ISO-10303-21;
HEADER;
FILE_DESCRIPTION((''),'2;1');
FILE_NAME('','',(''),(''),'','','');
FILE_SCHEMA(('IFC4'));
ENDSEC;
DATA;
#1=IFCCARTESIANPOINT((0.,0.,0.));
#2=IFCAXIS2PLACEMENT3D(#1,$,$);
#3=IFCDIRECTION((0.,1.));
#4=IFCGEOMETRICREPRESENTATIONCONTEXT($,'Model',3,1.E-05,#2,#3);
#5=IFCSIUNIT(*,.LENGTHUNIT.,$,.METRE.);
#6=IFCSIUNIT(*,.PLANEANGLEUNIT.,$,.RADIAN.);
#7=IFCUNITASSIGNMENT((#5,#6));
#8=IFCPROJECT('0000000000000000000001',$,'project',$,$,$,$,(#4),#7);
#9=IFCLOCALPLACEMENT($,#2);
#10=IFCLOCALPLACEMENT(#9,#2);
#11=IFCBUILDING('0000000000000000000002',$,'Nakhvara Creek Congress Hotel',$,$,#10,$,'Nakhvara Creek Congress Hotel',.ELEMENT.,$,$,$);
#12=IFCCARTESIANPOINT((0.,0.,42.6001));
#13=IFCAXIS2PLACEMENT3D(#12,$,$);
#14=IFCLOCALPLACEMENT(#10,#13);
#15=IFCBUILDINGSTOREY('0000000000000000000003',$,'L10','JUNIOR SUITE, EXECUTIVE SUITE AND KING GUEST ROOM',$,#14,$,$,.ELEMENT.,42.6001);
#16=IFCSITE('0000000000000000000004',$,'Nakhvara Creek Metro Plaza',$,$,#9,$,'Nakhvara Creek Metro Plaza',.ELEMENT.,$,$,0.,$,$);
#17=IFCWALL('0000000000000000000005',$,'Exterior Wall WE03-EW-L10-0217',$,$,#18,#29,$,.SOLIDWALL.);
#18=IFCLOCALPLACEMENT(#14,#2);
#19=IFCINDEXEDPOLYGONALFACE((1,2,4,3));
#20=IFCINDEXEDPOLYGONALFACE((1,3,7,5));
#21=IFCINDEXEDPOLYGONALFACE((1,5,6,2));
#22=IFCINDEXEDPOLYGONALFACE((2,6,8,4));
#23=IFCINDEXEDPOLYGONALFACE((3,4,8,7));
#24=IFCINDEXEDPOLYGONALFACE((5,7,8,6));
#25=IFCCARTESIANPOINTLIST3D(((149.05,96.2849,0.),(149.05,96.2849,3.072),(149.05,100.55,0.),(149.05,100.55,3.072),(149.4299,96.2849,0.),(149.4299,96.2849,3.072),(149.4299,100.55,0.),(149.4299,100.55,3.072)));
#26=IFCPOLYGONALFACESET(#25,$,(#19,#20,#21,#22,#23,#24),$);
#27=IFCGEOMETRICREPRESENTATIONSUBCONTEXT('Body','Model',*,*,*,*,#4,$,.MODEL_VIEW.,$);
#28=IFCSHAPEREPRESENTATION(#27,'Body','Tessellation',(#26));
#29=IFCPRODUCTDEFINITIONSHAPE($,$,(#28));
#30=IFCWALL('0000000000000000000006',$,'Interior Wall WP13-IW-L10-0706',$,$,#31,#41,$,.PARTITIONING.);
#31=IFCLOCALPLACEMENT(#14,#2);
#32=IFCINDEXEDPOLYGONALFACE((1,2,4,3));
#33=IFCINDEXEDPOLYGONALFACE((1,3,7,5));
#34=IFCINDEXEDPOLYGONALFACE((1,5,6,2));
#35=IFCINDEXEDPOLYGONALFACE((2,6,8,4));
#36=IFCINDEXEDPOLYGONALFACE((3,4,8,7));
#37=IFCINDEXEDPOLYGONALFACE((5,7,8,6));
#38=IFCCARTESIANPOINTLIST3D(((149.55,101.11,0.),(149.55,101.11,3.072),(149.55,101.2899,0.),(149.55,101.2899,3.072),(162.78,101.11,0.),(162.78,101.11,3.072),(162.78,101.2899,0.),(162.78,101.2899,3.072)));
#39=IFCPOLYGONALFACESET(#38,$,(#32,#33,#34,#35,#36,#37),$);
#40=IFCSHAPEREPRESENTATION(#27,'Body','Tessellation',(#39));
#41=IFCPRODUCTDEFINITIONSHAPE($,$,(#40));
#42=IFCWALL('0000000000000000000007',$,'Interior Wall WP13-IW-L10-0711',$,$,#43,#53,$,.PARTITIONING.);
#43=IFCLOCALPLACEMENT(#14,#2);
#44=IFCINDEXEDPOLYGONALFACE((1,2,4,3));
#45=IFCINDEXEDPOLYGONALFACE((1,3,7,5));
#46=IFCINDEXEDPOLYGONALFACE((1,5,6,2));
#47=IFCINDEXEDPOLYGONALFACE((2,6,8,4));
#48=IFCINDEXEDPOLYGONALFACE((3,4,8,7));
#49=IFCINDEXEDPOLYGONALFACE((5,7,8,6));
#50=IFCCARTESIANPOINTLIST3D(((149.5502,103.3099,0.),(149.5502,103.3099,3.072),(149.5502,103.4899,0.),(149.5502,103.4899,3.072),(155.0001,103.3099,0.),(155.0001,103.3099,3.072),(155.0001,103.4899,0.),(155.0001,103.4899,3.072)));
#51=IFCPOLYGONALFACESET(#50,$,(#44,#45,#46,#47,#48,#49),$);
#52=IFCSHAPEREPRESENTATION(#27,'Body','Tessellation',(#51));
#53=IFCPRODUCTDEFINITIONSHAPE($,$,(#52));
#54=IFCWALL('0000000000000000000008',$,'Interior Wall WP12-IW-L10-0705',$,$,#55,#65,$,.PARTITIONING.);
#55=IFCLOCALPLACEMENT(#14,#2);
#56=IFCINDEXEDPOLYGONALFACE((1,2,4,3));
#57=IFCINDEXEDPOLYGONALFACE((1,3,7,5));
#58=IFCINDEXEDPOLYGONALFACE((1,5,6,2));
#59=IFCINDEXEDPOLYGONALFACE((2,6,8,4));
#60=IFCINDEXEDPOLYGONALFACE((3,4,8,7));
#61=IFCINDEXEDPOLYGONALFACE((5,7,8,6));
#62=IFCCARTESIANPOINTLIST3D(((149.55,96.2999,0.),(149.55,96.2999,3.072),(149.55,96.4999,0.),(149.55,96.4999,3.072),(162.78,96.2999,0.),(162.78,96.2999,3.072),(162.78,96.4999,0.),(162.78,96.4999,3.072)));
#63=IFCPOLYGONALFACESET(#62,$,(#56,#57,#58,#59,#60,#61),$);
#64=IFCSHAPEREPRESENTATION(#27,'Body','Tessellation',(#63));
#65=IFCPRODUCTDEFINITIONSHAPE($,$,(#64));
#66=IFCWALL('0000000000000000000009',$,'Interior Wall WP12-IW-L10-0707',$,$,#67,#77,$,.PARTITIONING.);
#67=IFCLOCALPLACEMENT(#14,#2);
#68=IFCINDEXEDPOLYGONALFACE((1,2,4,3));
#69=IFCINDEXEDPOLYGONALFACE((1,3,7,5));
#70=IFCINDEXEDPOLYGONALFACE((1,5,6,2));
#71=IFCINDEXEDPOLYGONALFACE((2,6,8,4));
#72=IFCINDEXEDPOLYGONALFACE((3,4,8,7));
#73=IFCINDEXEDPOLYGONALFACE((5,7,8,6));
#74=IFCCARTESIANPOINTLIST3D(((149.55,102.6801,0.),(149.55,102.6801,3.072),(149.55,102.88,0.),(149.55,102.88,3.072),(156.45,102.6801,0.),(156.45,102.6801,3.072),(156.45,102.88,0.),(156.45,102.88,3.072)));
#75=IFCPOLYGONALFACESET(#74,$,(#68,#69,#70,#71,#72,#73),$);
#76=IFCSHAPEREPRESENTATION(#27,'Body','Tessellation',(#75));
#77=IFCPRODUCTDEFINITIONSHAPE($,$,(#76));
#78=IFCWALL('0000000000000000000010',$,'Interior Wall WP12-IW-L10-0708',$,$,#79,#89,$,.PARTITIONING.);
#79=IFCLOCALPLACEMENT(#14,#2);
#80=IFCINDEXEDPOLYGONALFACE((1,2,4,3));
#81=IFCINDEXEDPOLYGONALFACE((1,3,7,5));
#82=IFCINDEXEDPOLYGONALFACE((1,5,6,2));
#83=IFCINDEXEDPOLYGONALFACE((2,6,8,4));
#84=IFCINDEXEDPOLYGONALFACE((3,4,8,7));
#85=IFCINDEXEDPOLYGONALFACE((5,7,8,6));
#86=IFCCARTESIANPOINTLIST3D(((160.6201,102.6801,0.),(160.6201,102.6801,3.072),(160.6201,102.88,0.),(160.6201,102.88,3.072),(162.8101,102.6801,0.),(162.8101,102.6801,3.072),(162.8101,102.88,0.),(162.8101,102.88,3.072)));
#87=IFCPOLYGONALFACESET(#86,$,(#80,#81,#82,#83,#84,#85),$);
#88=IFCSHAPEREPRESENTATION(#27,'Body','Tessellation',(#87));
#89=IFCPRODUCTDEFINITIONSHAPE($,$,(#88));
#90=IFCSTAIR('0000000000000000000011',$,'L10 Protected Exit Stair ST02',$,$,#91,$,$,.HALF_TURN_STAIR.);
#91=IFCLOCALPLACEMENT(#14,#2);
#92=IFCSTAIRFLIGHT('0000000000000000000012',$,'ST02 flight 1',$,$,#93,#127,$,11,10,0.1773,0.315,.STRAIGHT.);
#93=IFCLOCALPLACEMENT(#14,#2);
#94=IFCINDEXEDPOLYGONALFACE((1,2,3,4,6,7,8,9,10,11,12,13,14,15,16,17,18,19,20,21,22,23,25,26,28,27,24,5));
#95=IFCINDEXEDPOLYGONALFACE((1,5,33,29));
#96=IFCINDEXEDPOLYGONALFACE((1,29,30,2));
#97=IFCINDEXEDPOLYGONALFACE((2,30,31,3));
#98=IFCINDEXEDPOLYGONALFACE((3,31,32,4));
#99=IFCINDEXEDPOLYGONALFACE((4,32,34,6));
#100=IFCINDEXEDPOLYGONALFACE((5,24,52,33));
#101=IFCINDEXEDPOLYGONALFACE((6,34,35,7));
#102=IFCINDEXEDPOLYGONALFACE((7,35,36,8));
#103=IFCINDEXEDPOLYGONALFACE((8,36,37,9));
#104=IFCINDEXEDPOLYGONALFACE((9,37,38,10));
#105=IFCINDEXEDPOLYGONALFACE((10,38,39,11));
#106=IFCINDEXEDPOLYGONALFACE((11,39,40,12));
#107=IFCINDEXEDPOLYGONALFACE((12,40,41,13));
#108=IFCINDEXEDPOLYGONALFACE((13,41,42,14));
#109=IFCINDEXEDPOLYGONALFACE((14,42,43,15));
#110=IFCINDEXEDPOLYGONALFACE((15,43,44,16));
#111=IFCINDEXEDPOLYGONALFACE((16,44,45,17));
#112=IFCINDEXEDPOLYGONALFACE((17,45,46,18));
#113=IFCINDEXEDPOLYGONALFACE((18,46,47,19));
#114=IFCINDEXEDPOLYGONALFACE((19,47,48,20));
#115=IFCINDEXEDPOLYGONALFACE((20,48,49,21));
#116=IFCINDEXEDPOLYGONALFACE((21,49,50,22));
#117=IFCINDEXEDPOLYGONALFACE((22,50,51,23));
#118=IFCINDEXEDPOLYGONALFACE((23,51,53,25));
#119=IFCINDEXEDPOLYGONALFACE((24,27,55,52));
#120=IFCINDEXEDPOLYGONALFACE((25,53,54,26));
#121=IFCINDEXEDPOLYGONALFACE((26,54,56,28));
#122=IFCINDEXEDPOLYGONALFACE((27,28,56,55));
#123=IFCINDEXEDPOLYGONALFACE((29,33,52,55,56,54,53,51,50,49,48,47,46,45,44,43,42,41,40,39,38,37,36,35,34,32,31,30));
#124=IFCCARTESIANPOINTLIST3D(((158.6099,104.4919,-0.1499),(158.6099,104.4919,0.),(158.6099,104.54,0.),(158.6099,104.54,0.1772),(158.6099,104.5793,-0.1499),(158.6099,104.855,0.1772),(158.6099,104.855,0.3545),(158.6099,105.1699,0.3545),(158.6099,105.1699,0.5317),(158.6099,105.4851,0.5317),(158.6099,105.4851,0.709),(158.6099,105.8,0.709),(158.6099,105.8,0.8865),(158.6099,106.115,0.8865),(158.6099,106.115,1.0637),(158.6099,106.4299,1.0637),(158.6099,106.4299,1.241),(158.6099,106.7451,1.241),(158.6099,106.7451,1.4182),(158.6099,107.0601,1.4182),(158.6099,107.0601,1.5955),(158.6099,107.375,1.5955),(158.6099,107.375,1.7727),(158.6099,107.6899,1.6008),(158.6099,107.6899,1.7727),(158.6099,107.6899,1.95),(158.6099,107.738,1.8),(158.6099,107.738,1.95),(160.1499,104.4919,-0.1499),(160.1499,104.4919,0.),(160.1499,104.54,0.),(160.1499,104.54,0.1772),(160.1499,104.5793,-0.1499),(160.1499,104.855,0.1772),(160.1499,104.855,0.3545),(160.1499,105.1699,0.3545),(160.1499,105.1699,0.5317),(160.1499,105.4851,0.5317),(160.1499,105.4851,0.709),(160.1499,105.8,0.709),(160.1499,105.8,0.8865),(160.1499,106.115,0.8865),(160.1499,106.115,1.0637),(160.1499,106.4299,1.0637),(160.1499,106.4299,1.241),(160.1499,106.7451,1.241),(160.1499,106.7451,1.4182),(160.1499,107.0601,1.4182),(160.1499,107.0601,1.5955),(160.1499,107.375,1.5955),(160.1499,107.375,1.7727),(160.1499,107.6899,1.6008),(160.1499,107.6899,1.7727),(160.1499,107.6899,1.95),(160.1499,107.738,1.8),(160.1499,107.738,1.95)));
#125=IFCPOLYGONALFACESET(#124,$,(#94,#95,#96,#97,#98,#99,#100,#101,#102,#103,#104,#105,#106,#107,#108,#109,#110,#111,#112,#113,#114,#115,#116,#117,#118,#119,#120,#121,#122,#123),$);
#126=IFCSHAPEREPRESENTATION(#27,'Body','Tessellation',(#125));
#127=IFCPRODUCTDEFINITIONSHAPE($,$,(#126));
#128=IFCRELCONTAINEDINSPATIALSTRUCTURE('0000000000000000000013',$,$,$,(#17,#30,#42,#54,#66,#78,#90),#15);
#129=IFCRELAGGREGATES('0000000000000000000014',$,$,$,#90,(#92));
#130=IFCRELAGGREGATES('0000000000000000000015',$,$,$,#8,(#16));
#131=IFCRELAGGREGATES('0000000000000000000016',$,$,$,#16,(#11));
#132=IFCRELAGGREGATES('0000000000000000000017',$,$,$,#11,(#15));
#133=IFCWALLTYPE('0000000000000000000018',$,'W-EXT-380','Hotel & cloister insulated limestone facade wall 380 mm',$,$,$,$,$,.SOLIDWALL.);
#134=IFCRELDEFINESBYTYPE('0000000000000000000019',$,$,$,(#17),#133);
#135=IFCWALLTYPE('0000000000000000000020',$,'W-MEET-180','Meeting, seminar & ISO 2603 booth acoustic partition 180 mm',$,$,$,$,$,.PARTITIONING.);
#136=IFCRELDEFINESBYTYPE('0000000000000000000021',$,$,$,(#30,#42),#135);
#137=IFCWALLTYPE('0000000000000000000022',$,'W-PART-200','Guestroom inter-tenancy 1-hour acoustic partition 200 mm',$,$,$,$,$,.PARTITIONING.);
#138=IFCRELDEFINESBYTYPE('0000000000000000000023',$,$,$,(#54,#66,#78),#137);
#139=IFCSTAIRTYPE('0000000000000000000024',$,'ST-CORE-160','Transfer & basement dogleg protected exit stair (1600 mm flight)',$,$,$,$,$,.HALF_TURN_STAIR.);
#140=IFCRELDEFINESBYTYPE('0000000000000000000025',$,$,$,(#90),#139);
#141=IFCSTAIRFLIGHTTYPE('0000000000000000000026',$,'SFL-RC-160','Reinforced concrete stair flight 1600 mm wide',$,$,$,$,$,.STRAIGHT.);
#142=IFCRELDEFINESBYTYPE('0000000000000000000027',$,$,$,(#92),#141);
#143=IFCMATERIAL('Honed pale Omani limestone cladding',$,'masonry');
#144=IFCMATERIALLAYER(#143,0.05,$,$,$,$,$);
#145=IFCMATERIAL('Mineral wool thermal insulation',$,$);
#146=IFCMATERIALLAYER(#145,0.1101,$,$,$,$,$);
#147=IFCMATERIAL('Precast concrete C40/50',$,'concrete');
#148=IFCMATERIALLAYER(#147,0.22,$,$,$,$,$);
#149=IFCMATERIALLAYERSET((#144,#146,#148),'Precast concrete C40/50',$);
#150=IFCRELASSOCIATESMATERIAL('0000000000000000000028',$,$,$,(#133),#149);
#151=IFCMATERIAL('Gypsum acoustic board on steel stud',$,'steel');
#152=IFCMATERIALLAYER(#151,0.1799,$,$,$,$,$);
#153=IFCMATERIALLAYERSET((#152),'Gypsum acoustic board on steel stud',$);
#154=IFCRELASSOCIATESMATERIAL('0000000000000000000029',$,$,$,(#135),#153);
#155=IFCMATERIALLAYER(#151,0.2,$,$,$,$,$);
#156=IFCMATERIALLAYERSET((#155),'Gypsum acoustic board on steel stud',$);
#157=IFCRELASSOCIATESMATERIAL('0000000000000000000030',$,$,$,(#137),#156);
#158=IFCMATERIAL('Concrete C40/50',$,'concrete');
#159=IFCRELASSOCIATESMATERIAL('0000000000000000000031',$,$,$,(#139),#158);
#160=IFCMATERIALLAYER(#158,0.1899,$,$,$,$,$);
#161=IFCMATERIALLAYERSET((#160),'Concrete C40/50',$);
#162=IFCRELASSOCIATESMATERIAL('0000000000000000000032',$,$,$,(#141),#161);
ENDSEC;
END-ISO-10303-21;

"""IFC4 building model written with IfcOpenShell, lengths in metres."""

from ifc_helpers import new_model, si_unit, direction, frame, frame_2d, origin, place, context, subcontext, project, spatial, polyline, rectangle, outline, extrude, material, layer, layer_set, type_object, element, aggregate, save


model = new_model("IFC4")

# Units and contexts
model_context = context("Model", 3, precision=1e-05, world=origin(), true_north=direction((0.0, 1.0)))
body_context = subcontext(model_context, "Body", "Model", "MODEL_VIEW")
ifc_project = project(units=[si_unit("LENGTHUNIT", "METRE"), si_unit("PLANEANGLEUNIT", "RADIAN")], contexts=[model_context])

# Site, building, storey
site_placement = place(None, origin())
site = spatial("IfcSite", under=ifc_project, at=site_placement, Name="Nakhvara Creek Metro Plaza", LongName="Nakhvara Creek Metro Plaza", CompositionType="ELEMENT", RefElevation=0.0)
building_placement = place(site_placement, origin())
building = spatial("IfcBuilding", under=site, at=building_placement, Name="Nakhvara Creek Congress Hotel", LongName="Nakhvara Creek Congress Hotel", CompositionType="ELEMENT")
storey_placement = place(building_placement, frame((0.0, 0.0, 42.6001)))
storey = spatial("IfcBuildingStorey", under=building, at=storey_placement, Name="L10", Description="JUNIOR SUITE, EXECUTIVE SUITE AND KING GUEST ROOM", CompositionType="ELEMENT", Elevation=42.6001)

# Shared definitions
ifc_material_1 = material(Name="Concrete C40/50", Category="concrete")

# Walls
ifc_material_2 = material(Name="Honed pale Omani limestone cladding", Category="masonry")
ifc_layer_1 = layer(ifc_material_2, 0.05)
ifc_material_3 = material(Name="Mineral wool thermal insulation")
ifc_layer_2 = layer(ifc_material_3, 0.1101)
ifc_material_4 = material(Name="Precast concrete C40/50", Category="concrete")
ifc_layer_3 = layer(ifc_material_4, 0.22)
ifc_layer_set_1 = layer_set([ifc_layer_1, ifc_layer_2, ifc_layer_3], Name="Precast concrete C40/50")
wall_type_1 = type_object("IfcWallType", Name="W-EXT-380", Description="Hotel & cloister insulated limestone facade wall 380 mm", PredefinedType="SOLIDWALL", material=ifc_layer_set_1)
wall_1_placement = place(storey_placement, frame((149.24, 96.2849, 0.0), z_axis=(0.0, 0.0, 1.0), x_axis=(0.0, 1.0, 0.0)))
element("IfcWall", 1, at=wall_1_placement, inside=storey, type_object=wall_type_1, Name="Exterior Wall WE03-EW-L10-0217", PredefinedType="SOLIDWALL", context=body_context, shape_type="SweptSolid", body=[
    extrude(rectangle(XDim=4.2651, YDim=0.3799, at=frame_2d((2.1326, 0.0))), origin(), (0.0, 0.0, 1.0), 3.072),
])
ifc_material_5 = material(Name="Gypsum acoustic board on steel stud", Category="steel")
ifc_layer_4 = layer(ifc_material_5, 0.1799)
ifc_layer_set_2 = layer_set([ifc_layer_4], Name="Gypsum acoustic board on steel stud")
wall_type_2 = type_object("IfcWallType", Name="W-MEET-180", Description="Meeting, seminar & ISO 2603 booth acoustic partition 180 mm", PredefinedType="PARTITIONING", material=ifc_layer_set_2)
wall_2_placement = place(storey_placement, frame((149.55, 101.2, 0.0), z_axis=(0.0, 0.0, 1.0), x_axis=(1.0, 0.0, 0.0)))
element("IfcWall", 2, at=wall_2_placement, inside=storey, type_object=wall_type_2, Name="Interior Wall WP13-IW-L10-0706", PredefinedType="PARTITIONING", context=body_context, shape_type="SweptSolid", body=[
    extrude(rectangle(XDim=13.23, YDim=0.1799, at=frame_2d((6.615, 0.0))), origin(), (0.0, 0.0, 1.0), 3.072),
])
wall_3_placement = place(storey_placement, frame((149.55, 103.3999, 0.0), z_axis=(0.0, 0.0, 1.0), x_axis=(1.0, 0.0, 0.0)))
element("IfcWall", 3, at=wall_3_placement, inside=storey, type_object=wall_type_2, Name="Interior Wall WP13-IW-L10-0711", PredefinedType="PARTITIONING", context=body_context, shape_type="SweptSolid", body=[
    extrude(rectangle(XDim=5.45, YDim=0.1799, at=frame_2d((2.7251, 0.0))), origin(), (0.0, 0.0, 1.0), 3.072),
])
ifc_layer_5 = layer(ifc_material_5, 0.2)
ifc_layer_set_3 = layer_set([ifc_layer_5], Name="Gypsum acoustic board on steel stud")
wall_type_3 = type_object("IfcWallType", Name="W-PART-200", Description="Guestroom inter-tenancy 1-hour acoustic partition 200 mm", PredefinedType="PARTITIONING", material=ifc_layer_set_3)
wall_4_placement = place(storey_placement, frame((149.55, 96.3999, 0.0), z_axis=(0.0, 0.0, 1.0), x_axis=(1.0, 0.0, 0.0)))
element("IfcWall", 4, at=wall_4_placement, inside=storey, type_object=wall_type_3, Name="Interior Wall WP12-IW-L10-0705", PredefinedType="PARTITIONING", context=body_context, shape_type="SweptSolid", body=[
    extrude(rectangle(XDim=13.23, YDim=0.2, at=frame_2d((6.615, 0.0))), origin(), (0.0, 0.0, 1.0), 3.072),
])
wall_5_placement = place(storey_placement, frame((149.55, 102.78, 0.0), z_axis=(0.0, 0.0, 1.0), x_axis=(1.0, 0.0, 0.0)))
element("IfcWall", 5, at=wall_5_placement, inside=storey, type_object=wall_type_3, Name="Interior Wall WP12-IW-L10-0707", PredefinedType="PARTITIONING", context=body_context, shape_type="SweptSolid", body=[
    extrude(rectangle(XDim=6.8999, YDim=0.2, at=frame_2d((3.45, 0.0))), origin(), (0.0, 0.0, 1.0), 3.072),
])
wall_6_placement = place(storey_placement, frame((160.6201, 102.78, 0.0), z_axis=(0.0, 0.0, 1.0), x_axis=(1.0, 0.0, 0.0)))
element("IfcWall", 6, at=wall_6_placement, inside=storey, type_object=wall_type_3, Name="Interior Wall WP12-IW-L10-0708", PredefinedType="PARTITIONING", context=body_context, shape_type="SweptSolid", body=[
    extrude(rectangle(XDim=2.1899, YDim=0.2, at=frame_2d((1.095, 0.0))), origin(), (0.0, 0.0, 1.0), 3.072),
])

# Stair, stair flight
stair_type = type_object("IfcStairType", Name="ST-CORE-160", Description="Transfer & basement dogleg protected exit stair (1600 mm flight)", PredefinedType="HALF_TURN_STAIR", material=ifc_material_1)
stair_placement = place(storey_placement, origin())
stair = element("IfcStair", 7, at=stair_placement, inside=storey, type_object=stair_type, Name="L10 Protected Exit Stair ST02", PredefinedType="HALF_TURN_STAIR")
ifc_layer_6 = layer(ifc_material_1, 0.1899)
ifc_layer_set_4 = layer_set([ifc_layer_6], Name="Concrete C40/50")
stair_flight_type = type_object("IfcStairFlightType", Name="SFL-RC-160", Description="Reinforced concrete stair flight 1600 mm wide", PredefinedType="STRAIGHT", material=ifc_layer_set_4)
stair_flight_placement = place(storey_placement, frame((159.3799, 104.54, 0.0), z_axis=(0.0, 0.0, 1.0), x_axis=(0.0, 1.0, 0.0)))
stair_flight = element("IfcStairFlight", 8, at=stair_flight_placement, type_object=stair_flight_type, Name="ST02 flight 1", NumberOfRisers=11, NumberOfTreads=10, PredefinedType="STRAIGHT", RiserHeight=0.1773, TreadLength=0.315, context=body_context, shape_type="SweptSolid", body=[
    extrude(outline(polyline([(-0.0481, 0.0), (0.0, 0.0), (0.0, 0.1772), (0.3149, 0.1772), (0.3149, 0.3545), (0.6299, 0.3545), (0.6299, 0.5317), (0.9451, 0.5317), (0.9451, 0.709), (1.26, 0.709), (1.26, 0.8865), (1.575, 0.8865), (1.575, 1.0637), (1.8899, 1.0637), (1.8899, 1.241), (2.2051, 1.241), (2.2051, 1.4182), (2.52, 1.4182), (2.52, 1.5955), (2.835, 1.5955), (2.835, 1.7727), (3.1499, 1.7727), (3.1499, 1.95), (3.198, 1.95), (3.198, 1.8), (3.1499, 1.6008), (0.0393, -0.1499), (-0.0481, -0.1499), (-0.0481, 0.0)])), frame((0.0, 0.77, 0.0), z_axis=(0.0, -1.0, 0.0), x_axis=(1.0, 0.0, 0.0)), (0.0, 0.0, 1.0), 1.54),
])
aggregate(stair, [stair_flight])

save(model, "model.ifc")
